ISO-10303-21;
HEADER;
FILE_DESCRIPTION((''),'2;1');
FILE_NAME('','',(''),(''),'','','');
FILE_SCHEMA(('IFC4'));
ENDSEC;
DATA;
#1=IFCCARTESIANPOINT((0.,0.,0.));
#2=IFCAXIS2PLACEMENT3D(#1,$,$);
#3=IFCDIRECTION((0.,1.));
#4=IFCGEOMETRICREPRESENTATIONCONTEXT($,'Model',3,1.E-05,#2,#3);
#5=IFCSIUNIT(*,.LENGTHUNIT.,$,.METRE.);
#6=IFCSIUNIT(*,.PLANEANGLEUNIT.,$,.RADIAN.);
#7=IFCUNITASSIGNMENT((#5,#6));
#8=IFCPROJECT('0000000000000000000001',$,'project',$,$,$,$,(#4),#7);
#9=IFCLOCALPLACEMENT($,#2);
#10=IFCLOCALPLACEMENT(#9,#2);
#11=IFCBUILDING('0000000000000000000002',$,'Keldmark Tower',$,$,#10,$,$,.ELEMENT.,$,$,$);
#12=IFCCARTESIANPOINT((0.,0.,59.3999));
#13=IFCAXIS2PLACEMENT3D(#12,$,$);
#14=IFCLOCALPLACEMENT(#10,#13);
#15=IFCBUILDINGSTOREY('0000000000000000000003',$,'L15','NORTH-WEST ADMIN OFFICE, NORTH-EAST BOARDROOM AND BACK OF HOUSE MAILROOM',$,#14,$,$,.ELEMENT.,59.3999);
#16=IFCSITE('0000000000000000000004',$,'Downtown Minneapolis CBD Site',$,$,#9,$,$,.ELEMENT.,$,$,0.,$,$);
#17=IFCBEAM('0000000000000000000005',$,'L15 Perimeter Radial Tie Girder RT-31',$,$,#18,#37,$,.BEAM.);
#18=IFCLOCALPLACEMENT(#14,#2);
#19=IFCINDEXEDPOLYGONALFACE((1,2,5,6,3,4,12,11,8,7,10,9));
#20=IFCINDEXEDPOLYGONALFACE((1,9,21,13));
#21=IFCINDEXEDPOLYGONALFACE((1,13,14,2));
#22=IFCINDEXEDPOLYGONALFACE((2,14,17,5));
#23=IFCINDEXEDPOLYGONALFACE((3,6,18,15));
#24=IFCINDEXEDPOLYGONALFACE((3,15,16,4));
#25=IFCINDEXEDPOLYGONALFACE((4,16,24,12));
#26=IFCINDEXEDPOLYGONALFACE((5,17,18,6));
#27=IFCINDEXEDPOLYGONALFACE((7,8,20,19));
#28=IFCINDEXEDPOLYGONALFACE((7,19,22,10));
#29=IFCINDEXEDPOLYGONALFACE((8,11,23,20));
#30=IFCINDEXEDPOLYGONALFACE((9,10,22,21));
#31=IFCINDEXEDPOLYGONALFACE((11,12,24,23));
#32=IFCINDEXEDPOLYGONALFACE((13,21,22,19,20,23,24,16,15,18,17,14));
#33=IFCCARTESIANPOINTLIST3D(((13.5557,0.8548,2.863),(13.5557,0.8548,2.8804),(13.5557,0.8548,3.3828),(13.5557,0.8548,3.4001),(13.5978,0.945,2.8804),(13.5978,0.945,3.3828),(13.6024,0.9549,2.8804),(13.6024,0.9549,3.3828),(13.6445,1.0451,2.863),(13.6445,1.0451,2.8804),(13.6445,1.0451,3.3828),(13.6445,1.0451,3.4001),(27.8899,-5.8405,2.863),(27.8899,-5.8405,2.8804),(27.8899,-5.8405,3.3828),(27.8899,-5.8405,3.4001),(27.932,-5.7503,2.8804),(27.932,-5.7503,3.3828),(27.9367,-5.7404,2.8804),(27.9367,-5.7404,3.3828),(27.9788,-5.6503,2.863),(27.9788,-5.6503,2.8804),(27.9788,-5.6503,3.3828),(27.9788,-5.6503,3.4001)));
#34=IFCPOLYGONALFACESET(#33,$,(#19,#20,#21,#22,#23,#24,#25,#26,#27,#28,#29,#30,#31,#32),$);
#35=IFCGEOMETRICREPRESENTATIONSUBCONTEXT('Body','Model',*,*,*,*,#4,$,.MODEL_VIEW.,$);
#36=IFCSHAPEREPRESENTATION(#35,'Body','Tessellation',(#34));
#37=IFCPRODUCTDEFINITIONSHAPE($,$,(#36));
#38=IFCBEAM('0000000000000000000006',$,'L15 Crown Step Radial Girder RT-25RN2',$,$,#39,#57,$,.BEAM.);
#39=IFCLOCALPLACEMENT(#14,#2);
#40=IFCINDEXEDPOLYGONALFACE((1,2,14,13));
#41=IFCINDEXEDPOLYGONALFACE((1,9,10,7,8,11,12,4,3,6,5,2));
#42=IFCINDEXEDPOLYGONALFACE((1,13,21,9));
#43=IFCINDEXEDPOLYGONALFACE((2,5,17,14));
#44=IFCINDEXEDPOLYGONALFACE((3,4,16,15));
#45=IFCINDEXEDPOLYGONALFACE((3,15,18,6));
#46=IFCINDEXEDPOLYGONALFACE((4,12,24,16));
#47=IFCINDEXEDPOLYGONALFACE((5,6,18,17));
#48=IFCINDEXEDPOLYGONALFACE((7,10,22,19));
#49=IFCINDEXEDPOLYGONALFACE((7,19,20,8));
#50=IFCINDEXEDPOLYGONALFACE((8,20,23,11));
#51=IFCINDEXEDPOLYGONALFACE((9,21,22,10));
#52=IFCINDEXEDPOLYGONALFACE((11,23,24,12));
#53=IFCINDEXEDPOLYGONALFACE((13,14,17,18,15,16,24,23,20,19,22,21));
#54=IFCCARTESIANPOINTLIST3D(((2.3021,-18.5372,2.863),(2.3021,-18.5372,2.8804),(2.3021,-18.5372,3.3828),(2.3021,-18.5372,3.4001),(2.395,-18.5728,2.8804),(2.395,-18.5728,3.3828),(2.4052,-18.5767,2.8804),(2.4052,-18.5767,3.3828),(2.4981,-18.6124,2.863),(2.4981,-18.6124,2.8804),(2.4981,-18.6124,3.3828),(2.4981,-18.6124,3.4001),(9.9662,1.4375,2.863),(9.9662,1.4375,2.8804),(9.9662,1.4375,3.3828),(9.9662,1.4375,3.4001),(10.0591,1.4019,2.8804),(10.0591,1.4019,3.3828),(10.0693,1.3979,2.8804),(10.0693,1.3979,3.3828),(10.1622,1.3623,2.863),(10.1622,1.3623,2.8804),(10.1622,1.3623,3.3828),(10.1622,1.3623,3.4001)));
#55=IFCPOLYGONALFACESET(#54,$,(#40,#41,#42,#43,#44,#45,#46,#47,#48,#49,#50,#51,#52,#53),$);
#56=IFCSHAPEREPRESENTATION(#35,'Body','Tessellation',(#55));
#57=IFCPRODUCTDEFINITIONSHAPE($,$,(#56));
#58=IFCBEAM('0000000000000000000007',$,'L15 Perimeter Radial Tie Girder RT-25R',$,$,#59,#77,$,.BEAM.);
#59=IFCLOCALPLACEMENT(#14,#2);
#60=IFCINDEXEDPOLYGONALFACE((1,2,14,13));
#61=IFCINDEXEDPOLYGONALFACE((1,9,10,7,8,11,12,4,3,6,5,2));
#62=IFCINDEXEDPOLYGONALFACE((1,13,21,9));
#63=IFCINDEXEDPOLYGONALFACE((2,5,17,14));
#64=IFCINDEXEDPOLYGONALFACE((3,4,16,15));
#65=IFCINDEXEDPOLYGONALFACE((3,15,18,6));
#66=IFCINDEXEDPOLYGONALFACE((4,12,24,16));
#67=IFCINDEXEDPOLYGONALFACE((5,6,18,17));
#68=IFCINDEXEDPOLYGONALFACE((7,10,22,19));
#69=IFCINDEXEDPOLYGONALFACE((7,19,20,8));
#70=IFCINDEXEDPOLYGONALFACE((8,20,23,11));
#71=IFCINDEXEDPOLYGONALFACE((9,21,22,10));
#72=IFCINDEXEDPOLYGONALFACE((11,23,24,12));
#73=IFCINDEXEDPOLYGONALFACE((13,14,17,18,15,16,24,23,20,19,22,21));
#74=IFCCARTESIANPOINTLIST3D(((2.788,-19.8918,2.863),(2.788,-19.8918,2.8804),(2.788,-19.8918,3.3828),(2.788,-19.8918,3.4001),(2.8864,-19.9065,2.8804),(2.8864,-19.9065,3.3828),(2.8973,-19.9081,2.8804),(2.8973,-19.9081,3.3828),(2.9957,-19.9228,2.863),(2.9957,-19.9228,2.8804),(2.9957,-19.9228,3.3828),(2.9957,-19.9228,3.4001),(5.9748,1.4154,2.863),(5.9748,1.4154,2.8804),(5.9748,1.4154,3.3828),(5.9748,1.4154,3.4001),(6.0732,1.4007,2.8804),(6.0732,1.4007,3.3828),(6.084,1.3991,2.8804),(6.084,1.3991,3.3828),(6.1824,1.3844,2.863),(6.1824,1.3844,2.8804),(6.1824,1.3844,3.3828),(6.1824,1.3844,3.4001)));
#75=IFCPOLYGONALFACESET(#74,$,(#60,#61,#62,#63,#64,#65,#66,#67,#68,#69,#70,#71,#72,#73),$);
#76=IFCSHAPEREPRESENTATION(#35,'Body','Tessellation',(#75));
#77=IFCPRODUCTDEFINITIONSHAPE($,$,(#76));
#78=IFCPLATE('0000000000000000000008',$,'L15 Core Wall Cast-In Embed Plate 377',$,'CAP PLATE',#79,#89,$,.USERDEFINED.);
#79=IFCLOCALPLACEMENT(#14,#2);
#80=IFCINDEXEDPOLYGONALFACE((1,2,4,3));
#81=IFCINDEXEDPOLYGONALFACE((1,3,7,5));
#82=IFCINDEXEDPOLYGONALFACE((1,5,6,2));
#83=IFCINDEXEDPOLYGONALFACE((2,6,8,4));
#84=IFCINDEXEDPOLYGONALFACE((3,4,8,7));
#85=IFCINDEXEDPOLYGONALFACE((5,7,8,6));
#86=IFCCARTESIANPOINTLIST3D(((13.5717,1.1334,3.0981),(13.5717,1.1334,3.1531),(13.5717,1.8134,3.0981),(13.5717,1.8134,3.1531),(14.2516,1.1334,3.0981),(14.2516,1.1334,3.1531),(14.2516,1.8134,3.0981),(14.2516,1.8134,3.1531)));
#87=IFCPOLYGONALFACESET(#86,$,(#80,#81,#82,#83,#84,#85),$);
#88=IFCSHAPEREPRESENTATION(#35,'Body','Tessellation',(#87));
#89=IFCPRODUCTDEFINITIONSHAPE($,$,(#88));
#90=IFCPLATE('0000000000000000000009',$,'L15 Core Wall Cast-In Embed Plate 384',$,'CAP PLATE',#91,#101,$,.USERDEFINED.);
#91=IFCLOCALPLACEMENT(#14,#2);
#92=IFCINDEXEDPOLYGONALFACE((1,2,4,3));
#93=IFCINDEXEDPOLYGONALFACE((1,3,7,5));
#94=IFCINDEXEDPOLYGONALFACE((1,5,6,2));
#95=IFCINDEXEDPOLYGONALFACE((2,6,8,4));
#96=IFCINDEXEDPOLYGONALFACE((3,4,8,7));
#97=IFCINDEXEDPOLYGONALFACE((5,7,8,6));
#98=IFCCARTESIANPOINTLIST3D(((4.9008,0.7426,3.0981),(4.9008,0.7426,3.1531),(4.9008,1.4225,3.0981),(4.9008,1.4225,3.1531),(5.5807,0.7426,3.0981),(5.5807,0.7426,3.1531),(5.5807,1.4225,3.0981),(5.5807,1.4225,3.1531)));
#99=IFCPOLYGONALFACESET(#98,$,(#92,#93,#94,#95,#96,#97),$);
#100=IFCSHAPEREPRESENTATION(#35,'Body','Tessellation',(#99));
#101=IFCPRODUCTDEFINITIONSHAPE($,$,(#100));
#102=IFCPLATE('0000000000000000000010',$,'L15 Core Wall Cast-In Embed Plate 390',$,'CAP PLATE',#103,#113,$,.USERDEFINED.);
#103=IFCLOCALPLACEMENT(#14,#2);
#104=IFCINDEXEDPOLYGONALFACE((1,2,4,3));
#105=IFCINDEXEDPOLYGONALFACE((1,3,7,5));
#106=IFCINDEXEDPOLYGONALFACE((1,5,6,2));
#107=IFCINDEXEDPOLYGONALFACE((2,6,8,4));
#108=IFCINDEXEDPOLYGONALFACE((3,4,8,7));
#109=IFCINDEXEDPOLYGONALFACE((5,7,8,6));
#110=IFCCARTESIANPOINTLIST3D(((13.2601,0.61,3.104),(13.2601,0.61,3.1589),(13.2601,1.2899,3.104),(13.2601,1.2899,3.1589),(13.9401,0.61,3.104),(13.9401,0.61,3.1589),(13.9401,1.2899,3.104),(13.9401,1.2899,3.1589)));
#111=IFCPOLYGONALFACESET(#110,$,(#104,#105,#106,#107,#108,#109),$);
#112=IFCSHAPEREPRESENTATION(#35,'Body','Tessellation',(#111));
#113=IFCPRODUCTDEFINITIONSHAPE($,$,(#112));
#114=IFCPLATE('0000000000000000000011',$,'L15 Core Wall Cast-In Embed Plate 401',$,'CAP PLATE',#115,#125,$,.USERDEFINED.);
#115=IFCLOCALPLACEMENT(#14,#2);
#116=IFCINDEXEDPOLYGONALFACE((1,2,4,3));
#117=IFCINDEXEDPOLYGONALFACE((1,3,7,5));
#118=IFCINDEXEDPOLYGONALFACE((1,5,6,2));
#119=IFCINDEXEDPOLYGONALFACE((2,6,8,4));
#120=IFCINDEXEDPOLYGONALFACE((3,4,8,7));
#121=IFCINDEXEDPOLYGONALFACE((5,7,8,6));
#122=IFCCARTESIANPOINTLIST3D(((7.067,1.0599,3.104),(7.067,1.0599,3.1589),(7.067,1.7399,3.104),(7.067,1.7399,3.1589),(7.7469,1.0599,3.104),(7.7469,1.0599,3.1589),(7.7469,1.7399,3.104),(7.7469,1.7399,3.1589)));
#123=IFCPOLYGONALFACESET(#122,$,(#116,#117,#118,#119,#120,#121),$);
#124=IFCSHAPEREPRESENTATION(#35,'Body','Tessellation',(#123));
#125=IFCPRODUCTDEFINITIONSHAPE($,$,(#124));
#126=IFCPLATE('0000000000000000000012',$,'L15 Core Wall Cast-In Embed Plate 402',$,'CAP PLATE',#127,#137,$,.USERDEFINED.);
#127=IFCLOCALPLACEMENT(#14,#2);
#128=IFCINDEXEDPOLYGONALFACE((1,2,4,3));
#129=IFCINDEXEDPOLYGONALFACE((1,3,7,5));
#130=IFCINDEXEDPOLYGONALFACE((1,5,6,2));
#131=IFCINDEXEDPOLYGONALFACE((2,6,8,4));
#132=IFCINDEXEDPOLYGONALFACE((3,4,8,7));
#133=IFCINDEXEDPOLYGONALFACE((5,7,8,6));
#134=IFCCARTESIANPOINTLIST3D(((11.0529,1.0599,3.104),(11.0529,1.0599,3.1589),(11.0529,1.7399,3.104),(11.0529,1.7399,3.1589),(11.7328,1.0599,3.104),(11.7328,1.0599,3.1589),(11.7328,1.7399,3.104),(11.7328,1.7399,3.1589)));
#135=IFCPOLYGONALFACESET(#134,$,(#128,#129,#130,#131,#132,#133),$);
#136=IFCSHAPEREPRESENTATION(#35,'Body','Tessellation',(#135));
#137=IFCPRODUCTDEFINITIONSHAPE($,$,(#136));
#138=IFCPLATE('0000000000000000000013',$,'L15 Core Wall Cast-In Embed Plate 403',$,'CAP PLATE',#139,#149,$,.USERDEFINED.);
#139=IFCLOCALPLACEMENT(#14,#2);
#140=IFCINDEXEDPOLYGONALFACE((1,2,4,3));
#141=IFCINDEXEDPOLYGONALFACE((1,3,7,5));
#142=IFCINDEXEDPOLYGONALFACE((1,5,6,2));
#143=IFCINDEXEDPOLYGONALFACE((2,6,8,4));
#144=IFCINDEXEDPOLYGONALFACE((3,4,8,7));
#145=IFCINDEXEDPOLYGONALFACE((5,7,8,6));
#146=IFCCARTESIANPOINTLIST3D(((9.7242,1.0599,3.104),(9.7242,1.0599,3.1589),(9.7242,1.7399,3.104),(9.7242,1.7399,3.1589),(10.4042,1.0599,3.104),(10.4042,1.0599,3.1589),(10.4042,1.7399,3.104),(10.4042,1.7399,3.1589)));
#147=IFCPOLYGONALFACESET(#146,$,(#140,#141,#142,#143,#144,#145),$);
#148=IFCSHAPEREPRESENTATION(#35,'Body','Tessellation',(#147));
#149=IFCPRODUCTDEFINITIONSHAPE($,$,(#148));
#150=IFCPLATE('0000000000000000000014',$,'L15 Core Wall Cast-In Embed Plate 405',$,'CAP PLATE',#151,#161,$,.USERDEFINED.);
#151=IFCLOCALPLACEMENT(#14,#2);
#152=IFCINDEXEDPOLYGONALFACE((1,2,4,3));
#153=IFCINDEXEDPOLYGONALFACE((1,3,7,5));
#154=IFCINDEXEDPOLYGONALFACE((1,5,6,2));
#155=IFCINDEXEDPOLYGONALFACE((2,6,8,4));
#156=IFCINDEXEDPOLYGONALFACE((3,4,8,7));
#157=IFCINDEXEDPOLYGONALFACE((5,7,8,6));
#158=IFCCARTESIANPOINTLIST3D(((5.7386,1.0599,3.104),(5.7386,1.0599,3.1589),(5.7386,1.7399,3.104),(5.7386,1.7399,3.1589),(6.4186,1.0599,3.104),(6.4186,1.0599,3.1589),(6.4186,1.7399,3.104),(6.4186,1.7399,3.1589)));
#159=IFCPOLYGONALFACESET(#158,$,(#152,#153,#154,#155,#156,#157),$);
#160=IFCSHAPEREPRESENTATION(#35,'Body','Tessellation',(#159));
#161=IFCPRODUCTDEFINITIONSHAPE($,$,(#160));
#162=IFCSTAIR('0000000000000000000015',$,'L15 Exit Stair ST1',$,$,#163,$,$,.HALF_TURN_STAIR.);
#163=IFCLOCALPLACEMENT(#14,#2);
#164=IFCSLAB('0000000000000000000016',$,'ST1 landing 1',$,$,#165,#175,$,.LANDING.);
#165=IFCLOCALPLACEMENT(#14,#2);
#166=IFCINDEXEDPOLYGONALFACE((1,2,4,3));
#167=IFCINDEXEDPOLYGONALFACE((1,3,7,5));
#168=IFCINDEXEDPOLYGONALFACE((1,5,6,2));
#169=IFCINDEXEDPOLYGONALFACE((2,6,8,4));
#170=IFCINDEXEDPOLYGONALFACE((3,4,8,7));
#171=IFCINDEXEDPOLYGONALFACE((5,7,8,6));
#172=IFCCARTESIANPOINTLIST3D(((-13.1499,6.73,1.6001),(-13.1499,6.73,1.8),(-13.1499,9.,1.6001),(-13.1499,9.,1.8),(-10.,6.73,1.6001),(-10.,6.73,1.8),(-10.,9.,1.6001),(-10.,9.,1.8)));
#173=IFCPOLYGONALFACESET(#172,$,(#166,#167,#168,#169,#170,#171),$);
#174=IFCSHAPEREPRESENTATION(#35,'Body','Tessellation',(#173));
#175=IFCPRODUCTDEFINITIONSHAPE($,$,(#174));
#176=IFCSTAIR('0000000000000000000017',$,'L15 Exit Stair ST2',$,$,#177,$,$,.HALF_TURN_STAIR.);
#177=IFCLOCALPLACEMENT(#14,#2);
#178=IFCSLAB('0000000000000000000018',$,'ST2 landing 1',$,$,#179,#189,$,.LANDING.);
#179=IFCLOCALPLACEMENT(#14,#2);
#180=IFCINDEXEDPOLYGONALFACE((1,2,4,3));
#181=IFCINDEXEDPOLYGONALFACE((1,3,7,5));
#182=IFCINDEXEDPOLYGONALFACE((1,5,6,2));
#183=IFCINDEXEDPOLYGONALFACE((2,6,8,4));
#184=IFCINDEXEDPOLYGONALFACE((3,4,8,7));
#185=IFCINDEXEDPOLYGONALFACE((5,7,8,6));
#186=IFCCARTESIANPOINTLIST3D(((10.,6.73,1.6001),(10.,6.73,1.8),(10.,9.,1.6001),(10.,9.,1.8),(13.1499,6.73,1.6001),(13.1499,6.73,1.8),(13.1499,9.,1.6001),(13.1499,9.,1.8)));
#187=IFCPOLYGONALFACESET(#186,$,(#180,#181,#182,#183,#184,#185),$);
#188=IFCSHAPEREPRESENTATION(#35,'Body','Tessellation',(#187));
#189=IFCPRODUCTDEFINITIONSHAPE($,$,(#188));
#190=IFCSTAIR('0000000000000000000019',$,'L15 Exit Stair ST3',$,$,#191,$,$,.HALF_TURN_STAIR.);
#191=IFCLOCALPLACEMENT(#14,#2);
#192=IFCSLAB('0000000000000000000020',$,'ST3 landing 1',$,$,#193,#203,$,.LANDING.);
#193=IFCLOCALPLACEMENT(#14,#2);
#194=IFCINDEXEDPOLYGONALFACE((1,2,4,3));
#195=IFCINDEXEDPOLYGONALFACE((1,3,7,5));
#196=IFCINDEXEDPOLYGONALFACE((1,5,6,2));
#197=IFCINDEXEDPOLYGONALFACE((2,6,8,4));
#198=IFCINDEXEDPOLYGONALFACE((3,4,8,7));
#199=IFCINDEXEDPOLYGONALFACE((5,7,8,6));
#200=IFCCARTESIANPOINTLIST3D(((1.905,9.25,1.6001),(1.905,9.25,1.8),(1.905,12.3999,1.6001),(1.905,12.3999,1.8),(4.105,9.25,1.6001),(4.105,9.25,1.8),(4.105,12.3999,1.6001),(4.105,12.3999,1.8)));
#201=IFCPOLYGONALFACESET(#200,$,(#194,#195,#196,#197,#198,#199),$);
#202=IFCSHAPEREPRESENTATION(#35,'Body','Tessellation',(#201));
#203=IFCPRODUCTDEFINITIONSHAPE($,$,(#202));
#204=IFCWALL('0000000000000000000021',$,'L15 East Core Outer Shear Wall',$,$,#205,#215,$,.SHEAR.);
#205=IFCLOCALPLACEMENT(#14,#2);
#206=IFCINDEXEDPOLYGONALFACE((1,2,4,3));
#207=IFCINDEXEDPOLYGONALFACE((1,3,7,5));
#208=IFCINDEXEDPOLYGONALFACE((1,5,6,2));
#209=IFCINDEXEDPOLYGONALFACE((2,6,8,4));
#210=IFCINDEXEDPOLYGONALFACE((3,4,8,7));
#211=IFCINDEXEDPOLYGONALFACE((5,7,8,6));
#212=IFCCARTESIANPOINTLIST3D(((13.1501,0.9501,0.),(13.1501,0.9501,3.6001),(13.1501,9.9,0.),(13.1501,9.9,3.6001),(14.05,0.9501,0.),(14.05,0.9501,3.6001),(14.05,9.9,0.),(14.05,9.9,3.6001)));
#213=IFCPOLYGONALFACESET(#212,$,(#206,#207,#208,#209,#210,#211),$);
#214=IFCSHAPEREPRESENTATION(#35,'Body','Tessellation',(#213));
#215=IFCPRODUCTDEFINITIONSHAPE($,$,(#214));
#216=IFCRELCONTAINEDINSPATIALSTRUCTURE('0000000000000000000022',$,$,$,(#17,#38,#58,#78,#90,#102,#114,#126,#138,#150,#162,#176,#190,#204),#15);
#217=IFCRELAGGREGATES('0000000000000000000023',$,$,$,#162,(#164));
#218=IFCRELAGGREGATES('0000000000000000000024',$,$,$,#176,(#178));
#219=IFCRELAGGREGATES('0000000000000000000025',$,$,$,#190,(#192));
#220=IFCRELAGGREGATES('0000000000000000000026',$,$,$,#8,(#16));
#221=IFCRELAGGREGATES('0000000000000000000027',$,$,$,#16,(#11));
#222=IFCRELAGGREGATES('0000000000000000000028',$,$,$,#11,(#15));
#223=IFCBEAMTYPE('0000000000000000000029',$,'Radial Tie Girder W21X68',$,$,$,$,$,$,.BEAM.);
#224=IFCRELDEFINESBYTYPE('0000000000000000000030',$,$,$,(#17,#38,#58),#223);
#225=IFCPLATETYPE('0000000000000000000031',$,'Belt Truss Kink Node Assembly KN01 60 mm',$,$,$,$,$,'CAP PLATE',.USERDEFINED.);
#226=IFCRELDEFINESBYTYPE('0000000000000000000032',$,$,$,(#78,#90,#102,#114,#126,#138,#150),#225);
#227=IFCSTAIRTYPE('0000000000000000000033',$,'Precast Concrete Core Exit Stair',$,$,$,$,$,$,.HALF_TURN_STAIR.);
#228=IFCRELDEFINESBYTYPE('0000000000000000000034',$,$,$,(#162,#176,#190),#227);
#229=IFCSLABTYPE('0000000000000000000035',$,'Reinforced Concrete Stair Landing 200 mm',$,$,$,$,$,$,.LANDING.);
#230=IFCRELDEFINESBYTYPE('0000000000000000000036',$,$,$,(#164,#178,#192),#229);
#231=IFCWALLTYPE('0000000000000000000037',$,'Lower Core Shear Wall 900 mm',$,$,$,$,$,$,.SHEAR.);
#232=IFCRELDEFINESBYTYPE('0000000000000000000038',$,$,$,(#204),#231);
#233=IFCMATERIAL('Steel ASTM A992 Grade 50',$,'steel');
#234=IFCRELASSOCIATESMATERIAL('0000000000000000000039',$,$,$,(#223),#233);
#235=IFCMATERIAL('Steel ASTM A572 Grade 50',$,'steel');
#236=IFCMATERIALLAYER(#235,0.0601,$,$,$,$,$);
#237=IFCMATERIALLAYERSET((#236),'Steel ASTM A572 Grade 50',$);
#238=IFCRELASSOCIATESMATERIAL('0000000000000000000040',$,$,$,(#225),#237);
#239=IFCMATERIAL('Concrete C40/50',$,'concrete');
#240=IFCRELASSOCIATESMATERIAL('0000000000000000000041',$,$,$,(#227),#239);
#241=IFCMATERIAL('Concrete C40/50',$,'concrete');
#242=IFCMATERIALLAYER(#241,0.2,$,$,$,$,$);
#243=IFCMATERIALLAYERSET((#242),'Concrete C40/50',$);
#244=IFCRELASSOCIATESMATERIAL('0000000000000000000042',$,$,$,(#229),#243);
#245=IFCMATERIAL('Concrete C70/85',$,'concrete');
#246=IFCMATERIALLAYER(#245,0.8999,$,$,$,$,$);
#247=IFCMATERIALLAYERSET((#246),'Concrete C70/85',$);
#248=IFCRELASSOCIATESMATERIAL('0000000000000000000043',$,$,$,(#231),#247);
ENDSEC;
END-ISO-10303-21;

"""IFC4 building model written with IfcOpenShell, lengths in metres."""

from ifc_helpers import new_model, si_unit, direction, frame, frame_2d, origin, origin_2d, place, context, subcontext, project, spatial, polyline, rectangle, i_section, outline, extrude, material, layer, layer_set, material_profile, profile_set, type_object, element, aggregate, save


model = new_model("IFC4")

# Units and contexts
model_context = context("Model", 3, precision=1e-05, world=origin(), true_north=direction((0.0, 1.0)))
body_context = subcontext(model_context, "Body", "Model", "MODEL_VIEW")
ifc_project = project(units=[si_unit("LENGTHUNIT", "METRE"), si_unit("PLANEANGLEUNIT", "RADIAN")], contexts=[model_context])

# Site, building, storey
site_placement = place(None, origin())
site = spatial("IfcSite", under=ifc_project, at=site_placement, Name="Downtown Minneapolis CBD Site", CompositionType="ELEMENT", RefElevation=0.0)
building_placement = place(site_placement, origin())
building = spatial("IfcBuilding", under=site, at=building_placement, Name="Keldmark Tower", CompositionType="ELEMENT")
storey_placement = place(building_placement, frame((0.0, 0.0, 59.3999)))
storey = spatial("IfcBuildingStorey", under=building, at=storey_placement, Name="L15", Description="NORTH-WEST ADMIN OFFICE, NORTH-EAST BOARDROOM AND BACK OF HOUSE MAILROOM", CompositionType="ELEMENT", Elevation=59.3999)

# Beams
ifc_material_1 = material(Name="Steel ASTM A992 Grade 50", Category="steel")
ifc_material_profile_1 = material_profile(ifc_material_1, i_section(OverallWidth=0.21, OverallDepth=0.5371, WebThickness=0.011, FlangeThickness=0.0173, at=origin_2d()), Name="W21X68")
ifc_profile_set_1 = profile_set([ifc_material_profile_1], Name="Steel ASTM A992 Grade 50")
beam_type = type_object("IfcBeamType", Name="Radial Tie Girder W21X68", PredefinedType="BEAM", material=ifc_profile_set_1)
beam_1_placement = place(storey_placement, frame((13.6001, 0.95, 3.1316), z_axis=(0.906038, -0.423197, 0.0), x_axis=(0.423197, 0.906038, 0.0)))
element("IfcBeam", 1, at=beam_1_placement, inside=storey, type_object=beam_type, Name="L15 Perimeter Radial Tie Girder RT-31", PredefinedType="BEAM", context=body_context, shape_type="SweptSolid", body=[
    extrude(i_section(OverallWidth=0.21, OverallDepth=0.5371, WebThickness=0.011, FlangeThickness=0.0173, at=origin_2d()), origin(), (0.0, 0.0, 1.0), 15.8208),
])
beam_2_placement = place(storey_placement, frame((10.0642, 1.3999, 3.1316), z_axis=(-0.358227, -0.933635, 0.0), x_axis=(0.933635, -0.358227, 0.0)))
element("IfcBeam", 2, at=beam_2_placement, inside=storey, type_object=beam_type, Name="L15 Crown Step Radial Girder RT-25RN2", PredefinedType="BEAM", context=body_context, shape_type="SweptSolid", body=[
    extrude(i_section(OverallWidth=0.21, OverallDepth=0.5371, WebThickness=0.011, FlangeThickness=0.0173, at=origin_2d()), origin(), (0.0, 0.0, 1.0), 21.3945),
])
beam_3_placement = place(storey_placement, frame((6.0786, 1.3999, 3.1316), z_axis=(-0.147918, -0.989, 0.0), x_axis=(0.989, -0.147918, 0.0)))
element("IfcBeam", 3, at=beam_3_placement, inside=storey, type_object=beam_type, Name="L15 Perimeter Radial Tie Girder RT-25R", PredefinedType="BEAM", context=body_context, shape_type="SweptSolid", body=[
    extrude(i_section(OverallWidth=0.21, OverallDepth=0.5371, WebThickness=0.011, FlangeThickness=0.0173, at=origin_2d()), origin(), (0.0, 0.0, 1.0), 21.5442),
])

# Plates
ifc_material_2 = material(Name="Steel ASTM A572 Grade 50", Category="steel")
ifc_layer_1 = layer(ifc_material_2, 0.0601)
ifc_layer_set_1 = layer_set([ifc_layer_1], Name="Steel ASTM A572 Grade 50")
plate_type = type_object("IfcPlateType", Name="Belt Truss Kink Node Assembly KN01 60 mm", ElementType="CAP PLATE", PredefinedType="USERDEFINED", material=ifc_layer_set_1)
for number, where, z_axis, x_axis, name in (
    (4, (13.9116, 1.4734, 3.0981), (0.0, 0.0, 1.0), (1.0, 0.0, 0.0), "L15 Core Wall Cast-In Embed Plate 377"),
    (5, (5.2407, 1.0825, 3.0981), (0.0, 0.0, 1.0), (1.0, 0.0, 0.0), "L15 Core Wall Cast-In Embed Plate 384"),
    (6, (13.6001, 0.95, 3.104), (0.0, 0.0, 1.0), (1.0, 0.0, 0.0), "L15 Core Wall Cast-In Embed Plate 390"),
    (7, (7.407, 1.3999, 3.104), (0.0, 0.0, 1.0), (1.0, 0.0, 0.0), "L15 Core Wall Cast-In Embed Plate 401"),
    (8, (11.3928, 1.3999, 3.104), (0.0, 0.0, 1.0), (1.0, 0.0, 0.0), "L15 Core Wall Cast-In Embed Plate 402"),
    (9, (10.0642, 1.3999, 3.104), (0.0, 0.0, 1.0), (1.0, 0.0, 0.0), "L15 Core Wall Cast-In Embed Plate 403"),
    (10, (6.0786, 1.3999, 3.104), (0.0, 0.0, 1.0), (1.0, 0.0, 0.0), "L15 Core Wall Cast-In Embed Plate 405"),
):
    element("IfcPlate", number, at=place(storey_placement, frame(where, z_axis=z_axis, x_axis=x_axis)), inside=storey, type_object=plate_type, Name=name, ObjectType="CAP PLATE", PredefinedType="USERDEFINED", context=body_context, shape_type="SweptSolid", body=[
        extrude(rectangle(XDim=0.6799, YDim=0.6799, at=origin_2d()), origin(), (0.0, 0.0, 1.0), 0.0549),
    ])

# Stairs, slabs
ifc_material_3 = material(Name="Concrete C40/50", Category="concrete")
stair_type = type_object("IfcStairType", Name="Precast Concrete Core Exit Stair", PredefinedType="HALF_TURN_STAIR", material=ifc_material_3)
stair_1_placement = place(storey_placement, origin())
stair_1 = element("IfcStair", 11, at=stair_1_placement, inside=storey, type_object=stair_type, Name="L15 Exit Stair ST1", PredefinedType="HALF_TURN_STAIR")
ifc_material_4 = material(Name="Concrete C40/50", Category="concrete")
ifc_layer_2 = layer(ifc_material_4, 0.2)
ifc_layer_set_2 = layer_set([ifc_layer_2], Name="Concrete C40/50")
slab_type = type_object("IfcSlabType", Name="Reinforced Concrete Stair Landing 200 mm", PredefinedType="LANDING", material=ifc_layer_set_2)
slab_1_placement = place(storey_placement, frame((0.0, 0.0, 1.6001)))
slab_1 = element("IfcSlab", 12, at=slab_1_placement, type_object=slab_type, Name="ST1 landing 1", PredefinedType="LANDING", context=body_context, shape_type="SweptSolid", body=[
    extrude(outline(polyline([(-10.0, 6.73), (-10.0, 9.0), (-13.1499, 9.0), (-13.1499, 6.73), (-10.0, 6.73)])), origin(), (0.0, 0.0, 1.0), 0.2),
])
aggregate(stair_1, [slab_1])
stair_2_placement = place(storey_placement, origin())
stair_2 = element("IfcStair", 13, at=stair_2_placement, inside=storey, type_object=stair_type, Name="L15 Exit Stair ST2", PredefinedType="HALF_TURN_STAIR")
slab_2_placement = place(storey_placement, frame((0.0, 0.0, 1.6001)))
slab_2 = element("IfcSlab", 14, at=slab_2_placement, type_object=slab_type, Name="ST2 landing 1", PredefinedType="LANDING", context=body_context, shape_type="SweptSolid", body=[
    extrude(outline(polyline([(13.1499, 6.73), (13.1499, 9.0), (10.0, 9.0), (10.0, 6.73), (13.1499, 6.73)])), origin(), (0.0, 0.0, 1.0), 0.2),
])
aggregate(stair_2, [slab_2])
stair_3_placement = place(storey_placement, origin())
stair_3 = element("IfcStair", 15, at=stair_3_placement, inside=storey, type_object=stair_type, Name="L15 Exit Stair ST3", PredefinedType="HALF_TURN_STAIR")
slab_3_placement = place(storey_placement, frame((0.0, 0.0, 1.6001)))
slab_3 = element("IfcSlab", 16, at=slab_3_placement, type_object=slab_type, Name="ST3 landing 1", PredefinedType="LANDING", context=body_context, shape_type="SweptSolid", body=[
    extrude(outline(polyline([(1.905, 9.25), (4.105, 9.25), (4.105, 12.3999), (1.905, 12.3999), (1.905, 9.25)])), origin(), (0.0, 0.0, 1.0), 0.2),
])
aggregate(stair_3, [slab_3])

# Wall
ifc_material_5 = material(Name="Concrete C70/85", Category="concrete")
ifc_layer_3 = layer(ifc_material_5, 0.8999)
ifc_layer_set_3 = layer_set([ifc_layer_3], Name="Concrete C70/85")
wall_type_1 = type_object("IfcWallType", Name="Lower Core Shear Wall 900 mm", PredefinedType="SHEAR", material=ifc_layer_set_3)
wall_1_placement = place(storey_placement, frame((13.6001, 0.95, 0.0), z_axis=(0.0, 0.0, 1.0), x_axis=(0.0, 1.0, 0.0)))
element("IfcWall", 17, at=wall_1_placement, inside=storey, type_object=wall_type_1, Name="L15 East Core Outer Shear Wall", PredefinedType="SHEAR", context=body_context, shape_type="SweptSolid", body=[
    extrude(rectangle(XDim=8.95, YDim=0.8999, at=frame_2d((4.4751, 0.0))), origin(), (0.0, 0.0, 1.0), 3.6001),
])

save(model, "model.ifc")
